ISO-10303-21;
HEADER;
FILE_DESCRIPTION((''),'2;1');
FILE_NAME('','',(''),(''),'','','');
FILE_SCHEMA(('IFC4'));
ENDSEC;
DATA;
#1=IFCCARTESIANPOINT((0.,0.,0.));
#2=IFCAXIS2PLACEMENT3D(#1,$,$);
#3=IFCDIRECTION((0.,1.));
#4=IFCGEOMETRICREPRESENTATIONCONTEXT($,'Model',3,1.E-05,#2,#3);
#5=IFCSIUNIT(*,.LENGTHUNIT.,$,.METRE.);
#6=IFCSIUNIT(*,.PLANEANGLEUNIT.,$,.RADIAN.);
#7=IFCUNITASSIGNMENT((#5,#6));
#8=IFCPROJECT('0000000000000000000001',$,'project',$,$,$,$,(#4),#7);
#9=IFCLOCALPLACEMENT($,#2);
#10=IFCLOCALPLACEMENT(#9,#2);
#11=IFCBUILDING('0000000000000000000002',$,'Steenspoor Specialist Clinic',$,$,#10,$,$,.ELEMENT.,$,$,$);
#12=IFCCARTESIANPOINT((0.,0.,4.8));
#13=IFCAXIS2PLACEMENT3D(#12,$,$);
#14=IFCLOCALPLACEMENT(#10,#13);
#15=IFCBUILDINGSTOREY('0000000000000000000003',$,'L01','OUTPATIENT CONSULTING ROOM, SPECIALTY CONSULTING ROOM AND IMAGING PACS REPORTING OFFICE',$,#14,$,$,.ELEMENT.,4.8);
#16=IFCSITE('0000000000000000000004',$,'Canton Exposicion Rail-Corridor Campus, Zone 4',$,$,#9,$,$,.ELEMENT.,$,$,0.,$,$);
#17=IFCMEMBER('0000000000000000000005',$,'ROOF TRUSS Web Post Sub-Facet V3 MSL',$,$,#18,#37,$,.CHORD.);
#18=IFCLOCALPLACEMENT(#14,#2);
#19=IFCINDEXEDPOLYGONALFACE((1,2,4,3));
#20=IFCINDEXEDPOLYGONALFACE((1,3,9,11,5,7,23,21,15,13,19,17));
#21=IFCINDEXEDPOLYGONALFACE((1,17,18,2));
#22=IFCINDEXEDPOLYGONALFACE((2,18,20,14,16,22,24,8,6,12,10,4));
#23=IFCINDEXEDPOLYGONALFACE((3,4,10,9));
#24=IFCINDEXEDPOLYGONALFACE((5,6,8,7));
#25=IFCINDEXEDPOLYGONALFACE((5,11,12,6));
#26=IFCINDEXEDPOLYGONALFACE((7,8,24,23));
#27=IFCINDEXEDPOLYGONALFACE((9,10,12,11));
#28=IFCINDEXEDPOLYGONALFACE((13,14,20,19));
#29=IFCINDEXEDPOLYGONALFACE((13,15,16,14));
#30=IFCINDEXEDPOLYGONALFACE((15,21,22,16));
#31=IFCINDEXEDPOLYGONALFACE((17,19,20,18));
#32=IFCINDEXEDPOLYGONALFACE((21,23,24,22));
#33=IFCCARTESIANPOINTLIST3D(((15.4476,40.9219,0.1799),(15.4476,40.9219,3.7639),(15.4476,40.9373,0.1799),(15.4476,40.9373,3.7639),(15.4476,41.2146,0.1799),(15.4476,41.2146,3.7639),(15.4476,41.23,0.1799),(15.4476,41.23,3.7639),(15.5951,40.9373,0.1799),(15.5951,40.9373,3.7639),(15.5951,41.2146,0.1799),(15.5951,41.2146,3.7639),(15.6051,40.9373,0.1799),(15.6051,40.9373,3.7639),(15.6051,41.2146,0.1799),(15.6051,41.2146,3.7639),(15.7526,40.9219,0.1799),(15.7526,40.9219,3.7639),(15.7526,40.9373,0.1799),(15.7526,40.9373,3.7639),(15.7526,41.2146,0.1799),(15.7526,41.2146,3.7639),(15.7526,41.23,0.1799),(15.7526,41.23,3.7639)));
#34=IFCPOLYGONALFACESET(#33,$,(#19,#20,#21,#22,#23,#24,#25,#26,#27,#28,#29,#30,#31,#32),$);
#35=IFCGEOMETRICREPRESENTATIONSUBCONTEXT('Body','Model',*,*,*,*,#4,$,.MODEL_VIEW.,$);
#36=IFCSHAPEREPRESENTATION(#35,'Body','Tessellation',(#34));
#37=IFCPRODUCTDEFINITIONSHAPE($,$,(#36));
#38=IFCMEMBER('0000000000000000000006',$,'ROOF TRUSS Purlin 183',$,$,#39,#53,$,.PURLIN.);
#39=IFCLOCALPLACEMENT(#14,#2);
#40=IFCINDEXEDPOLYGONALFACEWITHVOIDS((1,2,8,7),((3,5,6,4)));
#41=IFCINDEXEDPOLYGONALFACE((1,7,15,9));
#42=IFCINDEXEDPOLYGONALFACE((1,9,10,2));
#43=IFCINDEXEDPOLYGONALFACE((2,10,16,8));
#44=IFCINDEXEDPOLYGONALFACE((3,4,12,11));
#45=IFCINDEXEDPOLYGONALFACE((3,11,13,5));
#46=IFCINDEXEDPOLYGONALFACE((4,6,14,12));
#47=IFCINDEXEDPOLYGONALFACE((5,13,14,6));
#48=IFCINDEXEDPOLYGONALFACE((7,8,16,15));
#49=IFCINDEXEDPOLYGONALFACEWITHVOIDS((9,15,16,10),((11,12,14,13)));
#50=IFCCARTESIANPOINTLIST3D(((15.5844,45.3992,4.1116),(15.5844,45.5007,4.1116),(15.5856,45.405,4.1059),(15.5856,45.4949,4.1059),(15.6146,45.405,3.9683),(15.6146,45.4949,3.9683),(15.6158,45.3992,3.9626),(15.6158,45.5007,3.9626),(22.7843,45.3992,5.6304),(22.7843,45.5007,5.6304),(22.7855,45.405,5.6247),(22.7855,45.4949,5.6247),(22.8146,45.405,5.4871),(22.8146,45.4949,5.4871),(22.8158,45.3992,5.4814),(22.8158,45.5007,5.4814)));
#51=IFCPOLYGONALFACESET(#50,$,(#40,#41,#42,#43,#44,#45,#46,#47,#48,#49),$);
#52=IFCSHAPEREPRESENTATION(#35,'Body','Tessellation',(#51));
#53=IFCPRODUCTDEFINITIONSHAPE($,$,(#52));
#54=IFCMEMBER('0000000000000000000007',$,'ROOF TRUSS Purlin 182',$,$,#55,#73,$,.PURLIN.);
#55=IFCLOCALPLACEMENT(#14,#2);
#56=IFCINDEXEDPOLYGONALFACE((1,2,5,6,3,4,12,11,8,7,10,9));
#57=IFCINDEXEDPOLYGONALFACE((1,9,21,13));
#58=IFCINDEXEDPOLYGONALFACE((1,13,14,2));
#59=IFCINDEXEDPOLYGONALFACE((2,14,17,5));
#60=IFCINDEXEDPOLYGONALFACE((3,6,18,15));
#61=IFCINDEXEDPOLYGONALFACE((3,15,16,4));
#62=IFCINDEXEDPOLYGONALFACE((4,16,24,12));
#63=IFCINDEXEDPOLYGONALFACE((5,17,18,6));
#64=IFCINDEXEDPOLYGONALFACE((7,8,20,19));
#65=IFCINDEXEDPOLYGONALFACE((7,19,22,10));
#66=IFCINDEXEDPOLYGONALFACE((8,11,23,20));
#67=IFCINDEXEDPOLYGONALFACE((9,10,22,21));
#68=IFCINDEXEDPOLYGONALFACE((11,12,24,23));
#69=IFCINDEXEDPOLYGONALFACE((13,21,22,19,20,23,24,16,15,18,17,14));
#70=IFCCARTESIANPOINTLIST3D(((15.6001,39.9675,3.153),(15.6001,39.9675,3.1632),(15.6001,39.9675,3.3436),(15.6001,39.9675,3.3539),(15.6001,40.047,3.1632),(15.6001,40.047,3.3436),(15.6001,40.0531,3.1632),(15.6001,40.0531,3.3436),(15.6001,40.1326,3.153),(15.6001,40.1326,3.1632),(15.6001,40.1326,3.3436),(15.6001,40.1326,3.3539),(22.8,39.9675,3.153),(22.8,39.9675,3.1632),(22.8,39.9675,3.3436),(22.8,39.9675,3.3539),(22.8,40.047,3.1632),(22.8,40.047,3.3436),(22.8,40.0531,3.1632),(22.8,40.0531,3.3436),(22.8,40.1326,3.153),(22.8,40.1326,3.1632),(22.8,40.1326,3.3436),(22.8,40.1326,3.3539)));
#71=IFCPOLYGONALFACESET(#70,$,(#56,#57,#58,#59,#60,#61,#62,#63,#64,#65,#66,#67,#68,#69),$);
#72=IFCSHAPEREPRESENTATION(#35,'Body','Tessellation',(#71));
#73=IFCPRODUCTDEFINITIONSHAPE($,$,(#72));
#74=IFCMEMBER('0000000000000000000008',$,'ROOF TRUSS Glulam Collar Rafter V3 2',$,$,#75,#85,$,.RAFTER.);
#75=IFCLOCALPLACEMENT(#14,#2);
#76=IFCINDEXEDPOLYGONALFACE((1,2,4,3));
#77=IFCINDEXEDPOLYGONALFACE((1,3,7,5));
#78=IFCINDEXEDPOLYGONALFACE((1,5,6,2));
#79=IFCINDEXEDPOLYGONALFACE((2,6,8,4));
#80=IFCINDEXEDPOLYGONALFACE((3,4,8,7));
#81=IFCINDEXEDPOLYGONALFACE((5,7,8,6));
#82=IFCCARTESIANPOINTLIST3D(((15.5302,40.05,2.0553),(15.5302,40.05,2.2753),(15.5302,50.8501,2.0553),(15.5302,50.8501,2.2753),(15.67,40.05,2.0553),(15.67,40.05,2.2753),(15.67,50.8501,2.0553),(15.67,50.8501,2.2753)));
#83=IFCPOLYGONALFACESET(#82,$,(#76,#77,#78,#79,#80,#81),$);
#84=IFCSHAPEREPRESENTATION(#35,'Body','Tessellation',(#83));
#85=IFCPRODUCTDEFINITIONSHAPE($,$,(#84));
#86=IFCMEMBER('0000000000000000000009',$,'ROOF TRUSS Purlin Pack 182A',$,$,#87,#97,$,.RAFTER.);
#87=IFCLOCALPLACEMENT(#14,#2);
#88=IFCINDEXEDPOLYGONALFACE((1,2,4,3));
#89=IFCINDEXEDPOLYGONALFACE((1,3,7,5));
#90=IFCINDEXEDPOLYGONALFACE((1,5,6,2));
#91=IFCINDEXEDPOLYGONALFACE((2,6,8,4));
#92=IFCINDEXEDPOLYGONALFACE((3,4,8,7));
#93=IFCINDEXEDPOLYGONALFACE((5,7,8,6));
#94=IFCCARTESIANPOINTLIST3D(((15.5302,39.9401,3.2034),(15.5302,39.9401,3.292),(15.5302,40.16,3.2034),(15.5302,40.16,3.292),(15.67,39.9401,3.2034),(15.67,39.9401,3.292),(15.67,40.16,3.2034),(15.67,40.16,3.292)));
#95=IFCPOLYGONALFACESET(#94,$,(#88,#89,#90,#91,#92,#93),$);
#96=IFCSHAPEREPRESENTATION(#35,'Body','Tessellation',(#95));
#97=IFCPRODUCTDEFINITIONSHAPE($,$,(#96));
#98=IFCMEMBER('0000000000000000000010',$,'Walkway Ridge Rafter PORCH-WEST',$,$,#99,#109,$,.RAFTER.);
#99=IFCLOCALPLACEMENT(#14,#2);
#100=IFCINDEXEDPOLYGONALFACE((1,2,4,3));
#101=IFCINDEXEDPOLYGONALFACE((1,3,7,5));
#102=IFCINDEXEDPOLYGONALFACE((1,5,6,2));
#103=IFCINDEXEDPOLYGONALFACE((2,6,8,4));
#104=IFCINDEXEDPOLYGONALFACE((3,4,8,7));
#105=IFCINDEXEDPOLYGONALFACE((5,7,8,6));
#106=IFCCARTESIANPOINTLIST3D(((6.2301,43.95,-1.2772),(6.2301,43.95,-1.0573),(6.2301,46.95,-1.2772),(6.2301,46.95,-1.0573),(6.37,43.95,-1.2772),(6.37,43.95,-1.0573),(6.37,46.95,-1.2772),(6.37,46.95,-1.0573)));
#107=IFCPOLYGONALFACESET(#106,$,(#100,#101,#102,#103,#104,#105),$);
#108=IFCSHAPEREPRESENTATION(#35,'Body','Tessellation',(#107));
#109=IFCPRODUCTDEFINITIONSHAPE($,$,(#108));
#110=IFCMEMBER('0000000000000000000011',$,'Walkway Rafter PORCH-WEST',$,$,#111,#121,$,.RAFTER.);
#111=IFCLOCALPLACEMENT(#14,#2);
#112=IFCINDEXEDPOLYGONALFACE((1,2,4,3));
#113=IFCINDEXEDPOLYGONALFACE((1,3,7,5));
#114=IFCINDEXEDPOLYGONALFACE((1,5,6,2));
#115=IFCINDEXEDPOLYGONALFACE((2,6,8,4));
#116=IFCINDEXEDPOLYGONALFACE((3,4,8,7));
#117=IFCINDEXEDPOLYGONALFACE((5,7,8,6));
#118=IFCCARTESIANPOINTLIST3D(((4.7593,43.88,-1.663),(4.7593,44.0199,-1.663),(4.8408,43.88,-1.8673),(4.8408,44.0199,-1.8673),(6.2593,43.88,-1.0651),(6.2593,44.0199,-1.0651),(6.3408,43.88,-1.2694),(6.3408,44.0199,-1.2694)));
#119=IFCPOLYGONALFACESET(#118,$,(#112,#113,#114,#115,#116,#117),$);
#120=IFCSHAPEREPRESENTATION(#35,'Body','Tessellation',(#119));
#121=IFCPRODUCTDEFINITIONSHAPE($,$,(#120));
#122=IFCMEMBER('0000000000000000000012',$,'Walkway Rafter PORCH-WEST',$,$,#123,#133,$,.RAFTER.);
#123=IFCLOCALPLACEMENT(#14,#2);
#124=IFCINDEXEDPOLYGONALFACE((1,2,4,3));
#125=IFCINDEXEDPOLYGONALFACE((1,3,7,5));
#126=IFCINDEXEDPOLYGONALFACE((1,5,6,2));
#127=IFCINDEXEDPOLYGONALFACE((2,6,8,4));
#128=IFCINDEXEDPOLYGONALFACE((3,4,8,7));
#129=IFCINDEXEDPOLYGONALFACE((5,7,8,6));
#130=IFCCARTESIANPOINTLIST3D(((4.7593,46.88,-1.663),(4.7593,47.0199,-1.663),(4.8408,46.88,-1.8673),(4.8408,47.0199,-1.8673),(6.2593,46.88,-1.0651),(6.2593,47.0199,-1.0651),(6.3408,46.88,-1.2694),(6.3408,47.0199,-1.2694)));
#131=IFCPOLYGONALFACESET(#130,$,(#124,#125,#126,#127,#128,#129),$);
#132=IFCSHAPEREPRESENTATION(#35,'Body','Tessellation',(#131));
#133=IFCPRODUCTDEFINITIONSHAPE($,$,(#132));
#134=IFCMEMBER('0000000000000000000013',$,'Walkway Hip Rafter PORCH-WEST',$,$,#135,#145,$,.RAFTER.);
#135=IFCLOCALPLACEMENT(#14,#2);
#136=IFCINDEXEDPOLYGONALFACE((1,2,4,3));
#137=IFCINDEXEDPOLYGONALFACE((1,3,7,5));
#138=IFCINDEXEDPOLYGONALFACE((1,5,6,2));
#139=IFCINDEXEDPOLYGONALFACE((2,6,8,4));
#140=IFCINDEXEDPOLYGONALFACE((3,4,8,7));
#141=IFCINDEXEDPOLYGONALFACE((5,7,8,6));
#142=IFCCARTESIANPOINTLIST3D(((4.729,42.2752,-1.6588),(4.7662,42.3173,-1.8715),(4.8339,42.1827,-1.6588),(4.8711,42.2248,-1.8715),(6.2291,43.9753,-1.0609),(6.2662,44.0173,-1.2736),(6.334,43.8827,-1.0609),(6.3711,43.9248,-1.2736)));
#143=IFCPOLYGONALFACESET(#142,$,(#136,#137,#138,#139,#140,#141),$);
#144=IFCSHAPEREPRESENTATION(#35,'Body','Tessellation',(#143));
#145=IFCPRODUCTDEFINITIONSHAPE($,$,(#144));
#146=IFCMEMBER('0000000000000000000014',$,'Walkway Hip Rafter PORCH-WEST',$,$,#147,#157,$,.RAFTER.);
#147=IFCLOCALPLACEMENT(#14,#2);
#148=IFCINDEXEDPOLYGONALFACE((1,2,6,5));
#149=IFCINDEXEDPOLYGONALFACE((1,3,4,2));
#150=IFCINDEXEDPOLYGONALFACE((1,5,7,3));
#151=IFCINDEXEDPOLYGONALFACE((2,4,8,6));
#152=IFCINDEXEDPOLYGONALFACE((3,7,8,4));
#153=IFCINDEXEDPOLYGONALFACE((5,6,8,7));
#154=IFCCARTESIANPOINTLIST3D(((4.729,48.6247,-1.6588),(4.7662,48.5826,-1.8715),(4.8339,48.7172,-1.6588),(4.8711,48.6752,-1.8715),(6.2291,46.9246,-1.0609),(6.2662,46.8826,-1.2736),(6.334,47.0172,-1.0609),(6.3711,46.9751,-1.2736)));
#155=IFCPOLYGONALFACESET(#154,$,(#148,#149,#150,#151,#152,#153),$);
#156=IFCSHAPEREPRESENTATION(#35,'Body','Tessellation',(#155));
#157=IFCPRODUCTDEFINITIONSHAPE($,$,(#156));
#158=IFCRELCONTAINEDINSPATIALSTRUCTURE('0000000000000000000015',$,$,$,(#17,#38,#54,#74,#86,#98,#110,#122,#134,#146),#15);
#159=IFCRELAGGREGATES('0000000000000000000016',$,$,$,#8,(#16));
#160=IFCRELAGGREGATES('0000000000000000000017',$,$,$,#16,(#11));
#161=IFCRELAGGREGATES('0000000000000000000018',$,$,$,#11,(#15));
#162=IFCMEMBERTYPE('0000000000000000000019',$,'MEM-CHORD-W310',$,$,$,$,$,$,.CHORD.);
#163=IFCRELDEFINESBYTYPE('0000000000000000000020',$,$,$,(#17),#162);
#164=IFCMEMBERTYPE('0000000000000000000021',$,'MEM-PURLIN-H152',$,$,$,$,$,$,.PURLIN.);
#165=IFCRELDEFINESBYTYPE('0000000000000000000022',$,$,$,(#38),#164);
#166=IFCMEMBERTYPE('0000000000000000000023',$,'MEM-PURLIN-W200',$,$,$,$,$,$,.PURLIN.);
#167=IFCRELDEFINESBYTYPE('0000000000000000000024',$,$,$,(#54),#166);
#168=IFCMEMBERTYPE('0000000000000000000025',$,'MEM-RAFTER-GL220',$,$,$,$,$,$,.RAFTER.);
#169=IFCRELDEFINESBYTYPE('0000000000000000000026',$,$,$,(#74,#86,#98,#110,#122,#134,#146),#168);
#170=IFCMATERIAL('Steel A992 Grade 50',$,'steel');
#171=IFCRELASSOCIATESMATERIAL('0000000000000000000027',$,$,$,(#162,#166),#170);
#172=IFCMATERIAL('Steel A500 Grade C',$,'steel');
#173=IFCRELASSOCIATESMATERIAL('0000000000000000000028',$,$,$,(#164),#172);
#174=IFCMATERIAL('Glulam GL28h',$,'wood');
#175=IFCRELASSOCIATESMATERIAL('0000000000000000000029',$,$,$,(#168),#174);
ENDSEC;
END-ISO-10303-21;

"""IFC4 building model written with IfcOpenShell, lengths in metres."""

from ifc_helpers import new_model, si_unit, direction, frame, origin, origin_2d, place, context, subcontext, project, spatial, rectangle, hollow_rectangle, i_section, extrude, material, material_profile, profile_set, type_object, element, save


model = new_model("IFC4")

# Units and contexts
model_context = context("Model", 3, precision=1e-05, world=origin(), true_north=direction((0.0, 1.0)))
body_context = subcontext(model_context, "Body", "Model", "MODEL_VIEW")
ifc_project = project(units=[si_unit("LENGTHUNIT", "METRE"), si_unit("PLANEANGLEUNIT", "RADIAN")], contexts=[model_context])

# Site, building, storey
site_placement = place(None, origin())
site = spatial("IfcSite", under=ifc_project, at=site_placement, Name="Canton Exposicion Rail-Corridor Campus, Zone 4", CompositionType="ELEMENT", RefElevation=0.0)
building_placement = place(site_placement, origin())
building = spatial("IfcBuilding", under=site, at=building_placement, Name="Steenspoor Specialist Clinic", CompositionType="ELEMENT")
storey_placement = place(building_placement, frame((0.0, 0.0, 4.8)))
storey = spatial("IfcBuildingStorey", under=building, at=storey_placement, Name="L01", Description="OUTPATIENT CONSULTING ROOM, SPECIALTY CONSULTING ROOM AND IMAGING PACS REPORTING OFFICE", CompositionType="ELEMENT", Elevation=4.8)

# Shared definitions
ifc_material_1 = material(Name="Steel A992 Grade 50", Category="steel")

# Members
ifc_material_2 = material(Name="Steel A500 Grade C", Category="steel")
ifc_material_profile_1 = material_profile(ifc_material_1, i_section(OverallWidth=0.3049, OverallDepth=0.3081, WebThickness=0.01, FlangeThickness=0.0154, at=origin_2d()), Name="W310X97")
ifc_profile_set_1 = profile_set([ifc_material_profile_1], Name="Steel A992 Grade 50")
member_type_1 = type_object("IfcMemberType", Name="MEM-CHORD-W310", PredefinedType="CHORD", material=ifc_profile_set_1)
member_1_placement = place(storey_placement, frame((15.6001, 41.0759, 0.1799), z_axis=(0.0, 0.0, 1.0), x_axis=(1.0, 0.0, 0.0)))
element("IfcMember", 1, at=member_1_placement, inside=storey, type_object=member_type_1, Name="ROOF TRUSS Web Post Sub-Facet V3 MSL", PredefinedType="CHORD", context=body_context, shape_type="SweptSolid", body=[
    extrude(i_section(OverallWidth=0.3049, OverallDepth=0.3081, WebThickness=0.01, FlangeThickness=0.0154, at=origin_2d()), origin(), (0.0, 0.0, 1.0), 3.584),
])
ifc_material_profile_2 = material_profile(ifc_material_2, hollow_rectangle(XDim=0.1016, YDim=0.1523, WallThickness=0.0059, at=origin_2d()), Name="HSS152X102X6.4")
ifc_profile_set_2 = profile_set([ifc_material_profile_2], Name="Steel A500 Grade C")
member_type_2 = type_object("IfcMemberType", Name="MEM-PURLIN-H152", PredefinedType="PURLIN", material=ifc_profile_set_2)
member_2_placement = place(storey_placement, frame((15.6001, 45.45, 4.0371), z_axis=(0.978467, 0.0, 0.206403), x_axis=(0.0, 1.0, 0.0)))
element("IfcMember", 2, at=member_2_placement, inside=storey, type_object=member_type_2, Name="ROOF TRUSS Purlin 183", PredefinedType="PURLIN", context=body_context, shape_type="SweptSolid", body=[
    extrude(hollow_rectangle(XDim=0.1016, YDim=0.1523, WallThickness=0.0059, at=origin_2d()), origin(), (0.0, 0.0, 1.0), 7.3584),
])
ifc_material_profile_3 = material_profile(ifc_material_1, i_section(OverallWidth=0.165, OverallDepth=0.2009, WebThickness=0.0061, FlangeThickness=0.0103, at=origin_2d()), Name="W200X36")
ifc_profile_set_3 = profile_set([ifc_material_profile_3], Name="Steel A992 Grade 50")
member_type_3 = type_object("IfcMemberType", Name="MEM-PURLIN-W200", PredefinedType="PURLIN", material=ifc_profile_set_3)
member_3_placement = place(storey_placement, frame((15.6001, 40.05, 3.2534), z_axis=(1.0, 0.0, 0.0), x_axis=(0.0, 1.0, 0.0)))
element("IfcMember", 3, at=member_3_placement, inside=storey, type_object=member_type_3, Name="ROOF TRUSS Purlin 182", PredefinedType="PURLIN", context=body_context, shape_type="SweptSolid", body=[
    extrude(i_section(OverallWidth=0.165, OverallDepth=0.2009, WebThickness=0.0061, FlangeThickness=0.0103, at=origin_2d()), origin(), (0.0, 0.0, 1.0), 7.2),
])
ifc_material_3 = material(Name="Glulam GL28h", Category="wood")
ifc_material_profile_4 = material_profile(ifc_material_3, rectangle(XDim=0.1399, YDim=0.22, at=origin_2d()), Name="GL28H-140X220")
ifc_profile_set_4 = profile_set([ifc_material_profile_4], Name="Glulam GL28h")
member_type_4 = type_object("IfcMemberType", Name="MEM-RAFTER-GL220", PredefinedType="RAFTER", material=ifc_profile_set_4)
member_4_placement = place(storey_placement, frame((15.6001, 40.05, 2.1653), z_axis=(0.0, 1.0, 0.0), x_axis=(-1.0, 0.0, 0.0)))
element("IfcMember", 4, at=member_4_placement, inside=storey, type_object=member_type_4, Name="ROOF TRUSS Glulam Collar Rafter V3 2", PredefinedType="RAFTER", context=body_context, shape_type="SweptSolid", body=[
    extrude(rectangle(XDim=0.1399, YDim=0.22, at=origin_2d()), origin(), (0.0, 0.0, 1.0), 10.8),
])
member_5_placement = place(storey_placement, frame((15.6001, 40.05, 3.2034), z_axis=(0.0, 0.0, 1.0), x_axis=(1.0, 0.0, 0.0)))
element("IfcMember", 5, at=member_5_placement, inside=storey, type_object=member_type_4, Name="ROOF TRUSS Purlin Pack 182A", PredefinedType="RAFTER", context=body_context, shape_type="SweptSolid", body=[
    extrude(rectangle(XDim=0.1399, YDim=0.22, at=origin_2d()), origin(), (0.0, 0.0, 1.0), 0.0886),
])
member_6_placement = place(storey_placement, frame((6.3, 43.95, -1.1672), z_axis=(0.0, 1.0, 0.0), x_axis=(-1.0, 0.0, 0.0)))
element("IfcMember", 6, at=member_6_placement, inside=storey, type_object=member_type_4, Name="Walkway Ridge Rafter PORCH-WEST", PredefinedType="RAFTER", context=body_context, shape_type="SweptSolid", body=[
    extrude(rectangle(XDim=0.1399, YDim=0.22, at=origin_2d()), origin(), (0.0, 0.0, 1.0), 3.0),
])
for number, where, z_axis, x_axis, name in (
    (7, (4.8, 43.95, -1.7651), (0.928924, 0.0, 0.370269), (0.0, 1.0, 0.0), "Walkway Rafter PORCH-WEST"),
    (8, (4.8, 46.95, -1.7651), (0.928924, 0.0, 0.370269), (0.0, 1.0, 0.0), "Walkway Rafter PORCH-WEST"),
):
    element("IfcMember", number, at=place(storey_placement, frame(where, z_axis=z_axis, x_axis=x_axis)), inside=storey, type_object=member_type_4, Name=name, PredefinedType="RAFTER", context=body_context, shape_type="SweptSolid", body=[
        extrude(rectangle(XDim=0.1399, YDim=0.22, at=origin_2d()), origin(), (0.0, 0.0, 1.0), 1.6147),
    ])
for number, where, z_axis, x_axis, name in (
    (9, (4.8, 42.25, -1.7651), (0.639758, 0.725038, 0.255008), (-0.749828, 0.661632, 0.0), "Walkway Hip Rafter PORCH-WEST"),
    (10, (4.8, 48.6499, -1.7651), (0.639758, -0.725038, 0.255008), (0.749828, 0.661632, 0.0), "Walkway Hip Rafter PORCH-WEST"),
):
    element("IfcMember", number, at=place(storey_placement, frame(where, z_axis=z_axis, x_axis=x_axis)), inside=storey, type_object=member_type_4, Name=name, PredefinedType="RAFTER", context=body_context, shape_type="SweptSolid", body=[
        extrude(rectangle(XDim=0.1399, YDim=0.22, at=origin_2d()), origin(), (0.0, 0.0, 1.0), 2.3447),
    ])

save(model, "model.ifc")
